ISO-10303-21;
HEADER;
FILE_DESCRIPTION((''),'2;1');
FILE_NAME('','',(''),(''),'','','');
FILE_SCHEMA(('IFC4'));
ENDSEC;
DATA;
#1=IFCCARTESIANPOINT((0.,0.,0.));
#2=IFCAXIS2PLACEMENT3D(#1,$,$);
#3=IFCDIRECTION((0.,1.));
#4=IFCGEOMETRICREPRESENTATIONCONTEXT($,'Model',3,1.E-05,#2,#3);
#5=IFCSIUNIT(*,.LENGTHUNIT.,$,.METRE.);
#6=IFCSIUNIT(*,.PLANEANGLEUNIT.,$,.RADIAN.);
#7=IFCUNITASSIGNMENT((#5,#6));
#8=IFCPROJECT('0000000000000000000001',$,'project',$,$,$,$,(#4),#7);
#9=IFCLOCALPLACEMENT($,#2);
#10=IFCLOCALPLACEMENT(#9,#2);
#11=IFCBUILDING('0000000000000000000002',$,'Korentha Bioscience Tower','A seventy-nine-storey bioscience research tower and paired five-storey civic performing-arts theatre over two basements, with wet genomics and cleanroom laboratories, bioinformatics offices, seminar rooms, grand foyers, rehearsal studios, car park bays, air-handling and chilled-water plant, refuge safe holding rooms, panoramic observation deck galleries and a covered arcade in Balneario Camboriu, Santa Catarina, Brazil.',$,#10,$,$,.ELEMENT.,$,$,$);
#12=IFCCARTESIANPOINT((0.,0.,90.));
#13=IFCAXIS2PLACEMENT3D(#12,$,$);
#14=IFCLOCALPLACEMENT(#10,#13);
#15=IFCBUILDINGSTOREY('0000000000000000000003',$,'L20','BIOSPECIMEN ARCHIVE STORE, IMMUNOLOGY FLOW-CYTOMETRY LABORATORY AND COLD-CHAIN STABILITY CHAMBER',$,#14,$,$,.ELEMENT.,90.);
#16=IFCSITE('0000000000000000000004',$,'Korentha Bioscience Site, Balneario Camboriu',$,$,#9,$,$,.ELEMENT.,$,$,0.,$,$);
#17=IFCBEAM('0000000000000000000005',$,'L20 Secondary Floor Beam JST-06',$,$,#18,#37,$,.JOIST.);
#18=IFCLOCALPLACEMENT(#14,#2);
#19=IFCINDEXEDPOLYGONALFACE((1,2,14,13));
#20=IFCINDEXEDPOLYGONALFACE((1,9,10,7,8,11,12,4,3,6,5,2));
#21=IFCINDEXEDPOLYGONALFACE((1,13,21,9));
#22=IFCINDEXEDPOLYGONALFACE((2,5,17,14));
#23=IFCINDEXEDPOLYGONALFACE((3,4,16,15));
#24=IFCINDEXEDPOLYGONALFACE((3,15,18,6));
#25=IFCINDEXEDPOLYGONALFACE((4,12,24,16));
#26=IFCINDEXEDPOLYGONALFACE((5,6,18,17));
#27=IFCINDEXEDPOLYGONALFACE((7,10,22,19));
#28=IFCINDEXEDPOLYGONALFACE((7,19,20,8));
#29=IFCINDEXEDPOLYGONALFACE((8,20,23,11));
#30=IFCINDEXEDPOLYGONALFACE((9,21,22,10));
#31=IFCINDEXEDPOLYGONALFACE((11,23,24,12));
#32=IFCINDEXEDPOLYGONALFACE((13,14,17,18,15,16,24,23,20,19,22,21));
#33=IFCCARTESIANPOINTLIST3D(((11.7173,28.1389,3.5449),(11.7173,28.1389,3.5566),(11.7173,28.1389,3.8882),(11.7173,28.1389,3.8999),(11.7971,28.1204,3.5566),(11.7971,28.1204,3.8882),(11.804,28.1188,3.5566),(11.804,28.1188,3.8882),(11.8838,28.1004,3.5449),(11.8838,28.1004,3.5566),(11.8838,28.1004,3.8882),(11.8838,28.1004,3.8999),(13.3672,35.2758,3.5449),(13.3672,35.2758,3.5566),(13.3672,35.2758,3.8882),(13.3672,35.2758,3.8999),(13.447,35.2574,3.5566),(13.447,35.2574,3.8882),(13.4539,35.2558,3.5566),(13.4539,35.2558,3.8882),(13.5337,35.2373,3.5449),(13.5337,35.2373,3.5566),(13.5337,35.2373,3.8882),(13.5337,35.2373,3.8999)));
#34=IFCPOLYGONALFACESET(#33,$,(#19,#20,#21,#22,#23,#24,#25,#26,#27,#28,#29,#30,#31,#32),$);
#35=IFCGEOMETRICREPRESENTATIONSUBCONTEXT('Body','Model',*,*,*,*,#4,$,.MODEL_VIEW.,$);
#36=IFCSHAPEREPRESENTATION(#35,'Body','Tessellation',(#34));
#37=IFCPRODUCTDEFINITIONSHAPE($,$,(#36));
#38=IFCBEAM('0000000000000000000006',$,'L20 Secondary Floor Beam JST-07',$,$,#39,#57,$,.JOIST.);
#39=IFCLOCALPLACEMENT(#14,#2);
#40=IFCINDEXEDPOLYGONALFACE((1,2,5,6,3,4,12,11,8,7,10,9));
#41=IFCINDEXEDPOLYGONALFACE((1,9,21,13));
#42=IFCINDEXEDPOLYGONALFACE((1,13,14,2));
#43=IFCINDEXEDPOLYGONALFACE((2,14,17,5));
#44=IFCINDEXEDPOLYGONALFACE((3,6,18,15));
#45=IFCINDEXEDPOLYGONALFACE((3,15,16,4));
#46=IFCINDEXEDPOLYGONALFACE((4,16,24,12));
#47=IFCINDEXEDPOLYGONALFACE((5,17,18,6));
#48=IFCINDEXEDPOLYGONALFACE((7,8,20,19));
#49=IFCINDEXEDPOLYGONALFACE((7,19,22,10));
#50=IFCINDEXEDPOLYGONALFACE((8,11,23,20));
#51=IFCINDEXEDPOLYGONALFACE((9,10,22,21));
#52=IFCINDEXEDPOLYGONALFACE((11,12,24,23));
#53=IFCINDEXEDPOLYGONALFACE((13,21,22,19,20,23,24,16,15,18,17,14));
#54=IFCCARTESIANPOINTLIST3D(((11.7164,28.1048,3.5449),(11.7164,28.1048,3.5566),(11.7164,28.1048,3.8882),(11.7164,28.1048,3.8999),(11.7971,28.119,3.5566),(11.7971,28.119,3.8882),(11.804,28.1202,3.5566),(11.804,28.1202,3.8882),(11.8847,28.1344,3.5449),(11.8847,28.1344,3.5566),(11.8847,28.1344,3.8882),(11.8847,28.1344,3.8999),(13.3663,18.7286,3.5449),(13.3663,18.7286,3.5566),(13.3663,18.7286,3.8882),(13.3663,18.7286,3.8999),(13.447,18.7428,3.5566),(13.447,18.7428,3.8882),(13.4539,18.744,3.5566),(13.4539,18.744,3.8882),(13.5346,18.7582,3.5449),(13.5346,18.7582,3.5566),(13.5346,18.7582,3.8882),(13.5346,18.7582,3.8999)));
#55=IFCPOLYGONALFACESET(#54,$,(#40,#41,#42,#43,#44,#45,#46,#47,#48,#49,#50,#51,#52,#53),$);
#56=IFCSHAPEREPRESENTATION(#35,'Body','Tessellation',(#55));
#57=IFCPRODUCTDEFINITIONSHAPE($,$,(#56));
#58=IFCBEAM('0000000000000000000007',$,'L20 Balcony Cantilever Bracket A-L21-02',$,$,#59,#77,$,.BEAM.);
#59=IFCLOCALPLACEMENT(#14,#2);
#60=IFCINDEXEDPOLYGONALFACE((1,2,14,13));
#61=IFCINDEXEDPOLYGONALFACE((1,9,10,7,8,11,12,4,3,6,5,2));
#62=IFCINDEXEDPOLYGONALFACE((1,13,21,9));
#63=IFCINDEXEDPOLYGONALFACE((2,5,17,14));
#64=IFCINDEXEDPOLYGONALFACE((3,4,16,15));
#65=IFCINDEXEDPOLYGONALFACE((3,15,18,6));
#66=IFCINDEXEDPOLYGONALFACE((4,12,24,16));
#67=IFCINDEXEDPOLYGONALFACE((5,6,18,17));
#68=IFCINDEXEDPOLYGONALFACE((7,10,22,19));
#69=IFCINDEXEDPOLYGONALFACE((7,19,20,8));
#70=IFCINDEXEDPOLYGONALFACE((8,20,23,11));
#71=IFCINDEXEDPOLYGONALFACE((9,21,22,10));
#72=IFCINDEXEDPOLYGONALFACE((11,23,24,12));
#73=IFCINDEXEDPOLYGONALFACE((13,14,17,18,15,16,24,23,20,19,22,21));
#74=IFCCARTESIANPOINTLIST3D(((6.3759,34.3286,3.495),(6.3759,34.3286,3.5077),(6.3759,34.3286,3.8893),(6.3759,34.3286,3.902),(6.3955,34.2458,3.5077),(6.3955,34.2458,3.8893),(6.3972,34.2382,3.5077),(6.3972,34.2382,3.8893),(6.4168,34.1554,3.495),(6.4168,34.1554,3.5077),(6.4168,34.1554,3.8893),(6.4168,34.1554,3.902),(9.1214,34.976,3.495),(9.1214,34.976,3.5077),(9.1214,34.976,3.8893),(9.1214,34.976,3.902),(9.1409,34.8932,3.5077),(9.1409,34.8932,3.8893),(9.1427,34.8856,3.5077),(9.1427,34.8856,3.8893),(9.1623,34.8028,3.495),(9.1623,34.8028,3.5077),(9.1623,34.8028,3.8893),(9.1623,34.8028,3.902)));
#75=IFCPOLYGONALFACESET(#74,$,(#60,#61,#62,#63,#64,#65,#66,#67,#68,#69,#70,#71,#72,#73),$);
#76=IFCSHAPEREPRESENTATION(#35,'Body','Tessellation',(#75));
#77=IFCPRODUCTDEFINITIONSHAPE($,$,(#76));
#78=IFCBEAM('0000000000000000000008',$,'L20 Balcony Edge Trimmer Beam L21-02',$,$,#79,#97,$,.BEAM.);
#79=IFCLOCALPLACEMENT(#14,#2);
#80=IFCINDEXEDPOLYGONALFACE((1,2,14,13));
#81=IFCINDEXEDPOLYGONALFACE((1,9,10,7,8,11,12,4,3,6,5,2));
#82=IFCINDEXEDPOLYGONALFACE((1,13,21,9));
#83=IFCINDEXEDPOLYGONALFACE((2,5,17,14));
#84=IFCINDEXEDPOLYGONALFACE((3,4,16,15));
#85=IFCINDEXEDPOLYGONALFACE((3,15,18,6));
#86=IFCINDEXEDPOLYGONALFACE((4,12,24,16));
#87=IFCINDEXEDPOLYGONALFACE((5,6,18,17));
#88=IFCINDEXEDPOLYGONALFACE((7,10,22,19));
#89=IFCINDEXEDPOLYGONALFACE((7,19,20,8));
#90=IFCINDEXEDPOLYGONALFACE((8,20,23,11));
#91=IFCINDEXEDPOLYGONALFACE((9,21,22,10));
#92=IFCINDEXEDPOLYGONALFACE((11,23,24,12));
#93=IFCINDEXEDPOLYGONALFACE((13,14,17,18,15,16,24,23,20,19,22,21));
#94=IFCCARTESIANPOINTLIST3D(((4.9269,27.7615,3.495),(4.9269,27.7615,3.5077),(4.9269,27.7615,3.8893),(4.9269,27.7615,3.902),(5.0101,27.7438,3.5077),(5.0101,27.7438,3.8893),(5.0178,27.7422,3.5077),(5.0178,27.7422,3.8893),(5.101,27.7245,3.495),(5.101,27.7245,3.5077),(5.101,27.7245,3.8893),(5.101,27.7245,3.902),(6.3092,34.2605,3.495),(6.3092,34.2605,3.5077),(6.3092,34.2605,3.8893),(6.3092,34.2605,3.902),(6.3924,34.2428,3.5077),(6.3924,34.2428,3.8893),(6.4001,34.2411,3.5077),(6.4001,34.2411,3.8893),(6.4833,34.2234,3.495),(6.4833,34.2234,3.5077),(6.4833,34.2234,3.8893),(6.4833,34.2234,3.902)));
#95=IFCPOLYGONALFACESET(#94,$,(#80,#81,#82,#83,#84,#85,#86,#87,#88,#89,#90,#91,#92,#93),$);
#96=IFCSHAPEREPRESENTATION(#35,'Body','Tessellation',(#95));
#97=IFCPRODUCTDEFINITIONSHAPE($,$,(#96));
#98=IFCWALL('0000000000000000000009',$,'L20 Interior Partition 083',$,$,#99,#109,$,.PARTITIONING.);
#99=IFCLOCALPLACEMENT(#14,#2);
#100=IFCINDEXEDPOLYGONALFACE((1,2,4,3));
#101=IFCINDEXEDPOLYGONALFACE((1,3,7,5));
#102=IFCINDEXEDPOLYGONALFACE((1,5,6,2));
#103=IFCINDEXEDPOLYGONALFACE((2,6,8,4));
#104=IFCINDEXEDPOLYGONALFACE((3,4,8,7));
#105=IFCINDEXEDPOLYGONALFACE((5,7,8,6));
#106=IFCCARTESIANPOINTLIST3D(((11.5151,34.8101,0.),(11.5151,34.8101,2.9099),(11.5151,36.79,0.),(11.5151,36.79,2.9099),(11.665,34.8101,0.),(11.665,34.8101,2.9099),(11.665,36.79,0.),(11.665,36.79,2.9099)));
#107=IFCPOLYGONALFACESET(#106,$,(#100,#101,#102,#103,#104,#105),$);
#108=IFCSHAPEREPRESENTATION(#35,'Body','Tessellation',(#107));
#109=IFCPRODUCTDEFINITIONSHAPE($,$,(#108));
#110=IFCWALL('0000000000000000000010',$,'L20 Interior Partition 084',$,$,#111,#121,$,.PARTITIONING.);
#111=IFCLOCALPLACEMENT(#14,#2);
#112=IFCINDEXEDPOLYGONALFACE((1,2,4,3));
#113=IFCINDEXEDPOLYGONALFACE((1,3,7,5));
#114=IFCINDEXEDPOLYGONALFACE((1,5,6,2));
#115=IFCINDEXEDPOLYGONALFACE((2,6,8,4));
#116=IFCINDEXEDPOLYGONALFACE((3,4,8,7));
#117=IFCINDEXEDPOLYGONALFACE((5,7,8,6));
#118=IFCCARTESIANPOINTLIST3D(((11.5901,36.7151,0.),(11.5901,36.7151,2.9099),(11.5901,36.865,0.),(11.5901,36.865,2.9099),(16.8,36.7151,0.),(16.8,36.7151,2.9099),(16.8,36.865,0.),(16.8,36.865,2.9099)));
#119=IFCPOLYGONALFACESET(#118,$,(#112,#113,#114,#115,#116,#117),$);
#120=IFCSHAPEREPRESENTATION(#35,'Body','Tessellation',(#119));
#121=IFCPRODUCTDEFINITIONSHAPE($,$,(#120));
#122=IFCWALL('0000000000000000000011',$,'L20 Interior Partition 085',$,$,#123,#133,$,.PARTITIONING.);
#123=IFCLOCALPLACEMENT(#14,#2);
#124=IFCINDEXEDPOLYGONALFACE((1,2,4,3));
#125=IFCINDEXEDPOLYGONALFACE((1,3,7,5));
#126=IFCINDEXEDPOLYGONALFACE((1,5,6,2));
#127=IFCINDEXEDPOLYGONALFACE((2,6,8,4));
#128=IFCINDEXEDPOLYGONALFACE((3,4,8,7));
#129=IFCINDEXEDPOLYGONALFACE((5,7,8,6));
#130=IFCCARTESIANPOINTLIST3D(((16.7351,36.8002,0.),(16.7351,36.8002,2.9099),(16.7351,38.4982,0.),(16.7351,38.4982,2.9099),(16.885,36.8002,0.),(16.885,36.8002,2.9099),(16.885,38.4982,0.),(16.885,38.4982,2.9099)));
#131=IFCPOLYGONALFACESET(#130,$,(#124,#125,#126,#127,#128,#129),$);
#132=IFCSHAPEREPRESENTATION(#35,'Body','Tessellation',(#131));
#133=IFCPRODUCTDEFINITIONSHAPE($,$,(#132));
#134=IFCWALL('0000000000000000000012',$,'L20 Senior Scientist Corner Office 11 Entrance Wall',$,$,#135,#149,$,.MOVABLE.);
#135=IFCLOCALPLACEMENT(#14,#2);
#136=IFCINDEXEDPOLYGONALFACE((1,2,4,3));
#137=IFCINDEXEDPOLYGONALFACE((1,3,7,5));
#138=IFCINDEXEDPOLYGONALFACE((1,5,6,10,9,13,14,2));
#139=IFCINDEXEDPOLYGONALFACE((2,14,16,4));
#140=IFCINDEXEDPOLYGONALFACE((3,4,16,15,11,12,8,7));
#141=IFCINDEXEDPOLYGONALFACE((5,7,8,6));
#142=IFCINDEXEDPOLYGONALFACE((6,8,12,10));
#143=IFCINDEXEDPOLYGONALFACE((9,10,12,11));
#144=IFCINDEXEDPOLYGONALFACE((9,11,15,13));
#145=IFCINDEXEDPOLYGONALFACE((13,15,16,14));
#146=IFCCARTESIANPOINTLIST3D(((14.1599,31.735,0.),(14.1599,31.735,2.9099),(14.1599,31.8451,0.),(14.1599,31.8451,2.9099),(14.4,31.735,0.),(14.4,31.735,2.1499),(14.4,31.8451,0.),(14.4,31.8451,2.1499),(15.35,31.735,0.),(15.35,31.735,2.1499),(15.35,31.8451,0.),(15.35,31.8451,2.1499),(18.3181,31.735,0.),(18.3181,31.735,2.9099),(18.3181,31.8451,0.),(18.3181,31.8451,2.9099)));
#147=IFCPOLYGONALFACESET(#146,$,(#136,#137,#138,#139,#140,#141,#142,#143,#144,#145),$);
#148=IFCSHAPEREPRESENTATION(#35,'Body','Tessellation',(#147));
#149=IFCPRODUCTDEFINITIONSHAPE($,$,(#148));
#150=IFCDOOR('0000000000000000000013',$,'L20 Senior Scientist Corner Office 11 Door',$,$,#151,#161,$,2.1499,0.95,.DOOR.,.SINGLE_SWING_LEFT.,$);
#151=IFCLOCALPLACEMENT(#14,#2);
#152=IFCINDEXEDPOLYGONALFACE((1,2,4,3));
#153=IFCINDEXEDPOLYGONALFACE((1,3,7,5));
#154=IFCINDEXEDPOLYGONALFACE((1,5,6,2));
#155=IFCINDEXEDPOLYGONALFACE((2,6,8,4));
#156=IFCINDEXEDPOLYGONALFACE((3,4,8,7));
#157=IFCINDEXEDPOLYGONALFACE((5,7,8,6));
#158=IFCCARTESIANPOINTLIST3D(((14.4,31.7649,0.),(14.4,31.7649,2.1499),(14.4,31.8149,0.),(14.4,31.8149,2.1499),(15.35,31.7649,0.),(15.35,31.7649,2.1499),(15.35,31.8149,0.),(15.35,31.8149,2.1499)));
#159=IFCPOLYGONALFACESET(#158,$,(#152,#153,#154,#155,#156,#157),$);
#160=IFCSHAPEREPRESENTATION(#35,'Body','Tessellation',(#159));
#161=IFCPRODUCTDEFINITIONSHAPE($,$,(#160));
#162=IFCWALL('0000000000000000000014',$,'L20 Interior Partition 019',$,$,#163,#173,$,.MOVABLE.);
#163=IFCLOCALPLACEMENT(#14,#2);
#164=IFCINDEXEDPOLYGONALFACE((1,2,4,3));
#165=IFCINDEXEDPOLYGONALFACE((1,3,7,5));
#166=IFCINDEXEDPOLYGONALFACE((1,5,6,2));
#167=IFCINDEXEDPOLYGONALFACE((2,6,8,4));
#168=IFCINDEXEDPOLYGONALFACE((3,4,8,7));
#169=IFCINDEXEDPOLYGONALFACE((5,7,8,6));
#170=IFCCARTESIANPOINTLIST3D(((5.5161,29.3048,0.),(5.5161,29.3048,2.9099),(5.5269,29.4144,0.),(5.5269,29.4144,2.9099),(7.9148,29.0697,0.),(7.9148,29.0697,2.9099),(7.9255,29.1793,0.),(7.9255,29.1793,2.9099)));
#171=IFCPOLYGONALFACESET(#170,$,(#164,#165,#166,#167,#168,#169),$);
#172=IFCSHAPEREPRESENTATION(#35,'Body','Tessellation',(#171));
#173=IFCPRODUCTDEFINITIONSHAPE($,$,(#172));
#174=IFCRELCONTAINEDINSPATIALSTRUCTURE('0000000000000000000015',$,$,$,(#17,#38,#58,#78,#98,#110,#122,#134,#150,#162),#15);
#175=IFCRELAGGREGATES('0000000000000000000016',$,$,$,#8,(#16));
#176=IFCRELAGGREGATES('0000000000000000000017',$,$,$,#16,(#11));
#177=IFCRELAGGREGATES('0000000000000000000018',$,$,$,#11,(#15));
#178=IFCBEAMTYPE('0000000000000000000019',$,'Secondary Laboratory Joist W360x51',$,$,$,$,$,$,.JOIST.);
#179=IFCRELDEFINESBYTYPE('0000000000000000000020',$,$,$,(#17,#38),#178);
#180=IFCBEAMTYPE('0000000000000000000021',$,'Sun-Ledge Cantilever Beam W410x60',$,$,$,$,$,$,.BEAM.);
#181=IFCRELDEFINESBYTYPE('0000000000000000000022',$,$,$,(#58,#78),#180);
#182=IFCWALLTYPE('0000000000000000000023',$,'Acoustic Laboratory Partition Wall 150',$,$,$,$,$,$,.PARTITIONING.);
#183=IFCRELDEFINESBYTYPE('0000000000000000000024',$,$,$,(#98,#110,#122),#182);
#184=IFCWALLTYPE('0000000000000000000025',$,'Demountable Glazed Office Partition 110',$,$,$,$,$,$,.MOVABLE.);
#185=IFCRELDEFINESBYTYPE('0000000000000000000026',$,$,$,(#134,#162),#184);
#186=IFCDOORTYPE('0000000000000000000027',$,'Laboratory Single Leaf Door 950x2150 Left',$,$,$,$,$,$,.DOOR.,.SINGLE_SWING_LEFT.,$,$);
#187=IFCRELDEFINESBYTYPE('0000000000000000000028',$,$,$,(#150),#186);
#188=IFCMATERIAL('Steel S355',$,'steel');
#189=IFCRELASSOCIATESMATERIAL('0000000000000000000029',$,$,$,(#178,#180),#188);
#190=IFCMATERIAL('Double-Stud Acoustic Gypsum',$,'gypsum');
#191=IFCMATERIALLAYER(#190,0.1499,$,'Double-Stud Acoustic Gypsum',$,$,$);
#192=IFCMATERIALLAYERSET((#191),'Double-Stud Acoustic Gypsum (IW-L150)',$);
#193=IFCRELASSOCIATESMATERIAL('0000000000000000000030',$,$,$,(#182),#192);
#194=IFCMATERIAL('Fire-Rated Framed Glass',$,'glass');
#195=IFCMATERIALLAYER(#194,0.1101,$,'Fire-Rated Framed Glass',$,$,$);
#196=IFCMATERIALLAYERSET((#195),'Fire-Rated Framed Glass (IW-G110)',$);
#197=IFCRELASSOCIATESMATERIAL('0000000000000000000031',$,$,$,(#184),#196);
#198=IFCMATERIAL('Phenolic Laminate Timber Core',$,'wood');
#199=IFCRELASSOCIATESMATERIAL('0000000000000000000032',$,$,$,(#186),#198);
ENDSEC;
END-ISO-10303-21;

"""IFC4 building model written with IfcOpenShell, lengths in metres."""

from ifc_helpers import new_model, si_unit, direction, frame, frame_2d, origin, origin_2d, place, context, subcontext, project, spatial, rectangle, i_section, extrude, material, layer, layer_set, material_profile, profile_set, type_object, element, fill, save


model = new_model("IFC4")

# Units and contexts
model_context = context("Model", 3, precision=1e-05, world=origin(), true_north=direction((0.0, 1.0)))
body_context = subcontext(model_context, "Body", "Model", "MODEL_VIEW")
ifc_project = project(units=[si_unit("LENGTHUNIT", "METRE"), si_unit("PLANEANGLEUNIT", "RADIAN")], contexts=[model_context])

# Site, building, storey
site_placement = place(None, origin())
site = spatial("IfcSite", under=ifc_project, at=site_placement, Name="Korentha Bioscience Site, Balneario Camboriu", CompositionType="ELEMENT", RefElevation=0.0)
building_placement = place(site_placement, origin())
building = spatial("IfcBuilding", under=site, at=building_placement, Name="Korentha Bioscience Tower", Description="A seventy-nine-storey bioscience research tower and paired five-storey civic performing-arts theatre over two basements, with wet genomics and cleanroom laboratories, bioinformatics offices, seminar rooms, grand foyers, rehearsal studios, car park bays, air-handling and chilled-water plant, refuge safe holding rooms, panoramic observation deck galleries and a covered arcade in Balneario Camboriu, Santa Catarina, Brazil.", CompositionType="ELEMENT")
storey_placement = place(building_placement, frame((0.0, 0.0, 90.0)))
storey = spatial("IfcBuildingStorey", under=building, at=storey_placement, Name="L20", Description="BIOSPECIMEN ARCHIVE STORE, IMMUNOLOGY FLOW-CYTOMETRY LABORATORY AND COLD-CHAIN STABILITY CHAMBER", CompositionType="ELEMENT", Elevation=90.0)

# Beams
ifc_material_1 = material(Name="Steel S355", Category="steel")
ifc_material_profile_1 = material_profile(ifc_material_1, i_section(OverallWidth=0.1709, OverallDepth=0.355, WebThickness=0.0071, FlangeThickness=0.0117, at=origin_2d()), Name="Steel S355")
ifc_profile_set_1 = profile_set([ifc_material_profile_1], Name="Steel S355 (JB-360)")
beam_type_1 = type_object("IfcBeamType", Name="Secondary Laboratory Joist W360x51", PredefinedType="JOIST", material=ifc_profile_set_1)
beam_1_placement = place(storey_placement, frame((13.4504, 35.2566, 3.7224), z_axis=(-0.225237, -0.974304, 0.0), x_axis=(0.974304, -0.225237, 0.0)))
element("IfcBeam", 1, at=beam_1_placement, inside=storey, type_object=beam_type_1, Name="L20 Secondary Floor Beam JST-06", PredefinedType="JOIST", context=body_context, shape_type="SweptSolid", body=[
    extrude(i_section(OverallWidth=0.1709, OverallDepth=0.355, WebThickness=0.0071, FlangeThickness=0.0117, at=origin_2d()), origin(), (0.0, 0.0, 1.0), 7.3252),
])
beam_2_placement = place(storey_placement, frame((11.8005, 28.1196, 3.7224), z_axis=(0.173304, -0.984868, 0.0), x_axis=(0.984868, 0.173304, 0.0)))
element("IfcBeam", 2, at=beam_2_placement, inside=storey, type_object=beam_type_1, Name="L20 Secondary Floor Beam JST-07", PredefinedType="JOIST", context=body_context, shape_type="SweptSolid", body=[
    extrude(i_section(OverallWidth=0.1709, OverallDepth=0.355, WebThickness=0.0071, FlangeThickness=0.0117, at=origin_2d()), origin(), (0.0, 0.0, 1.0), 9.5203),
])
ifc_material_profile_2 = material_profile(ifc_material_1, i_section(OverallWidth=0.178, OverallDepth=0.407, WebThickness=0.0078, FlangeThickness=0.0127, at=origin_2d()), Name="Steel S355")
ifc_profile_set_2 = profile_set([ifc_material_profile_2], Name="Steel S355 (CB-410)")
beam_type_2 = type_object("IfcBeamType", Name="Sun-Ledge Cantilever Beam W410x60", PredefinedType="BEAM", material=ifc_profile_set_2)
beam_3_placement = place(storey_placement, frame((9.1418, 34.8894, 3.6985), z_axis=(-0.973304, -0.229522, 0.0), x_axis=(0.229522, -0.973304, 0.0)))
element("IfcBeam", 3, at=beam_3_placement, inside=storey, type_object=beam_type_2, Name="L20 Balcony Cantilever Bracket A-L21-02", PredefinedType="BEAM", context=body_context, shape_type="SweptSolid", body=[
    extrude(i_section(OverallWidth=0.178, OverallDepth=0.407, WebThickness=0.0078, FlangeThickness=0.0127, at=origin_2d()), origin(), (0.0, 0.0, 1.0), 2.8208),
])
beam_4_placement = place(storey_placement, frame((6.3962, 34.2419, 3.6985), z_axis=(-0.208043, -0.97812, 0.0), x_axis=(0.97812, -0.208043, 0.0)))
element("IfcBeam", 4, at=beam_4_placement, inside=storey, type_object=beam_type_2, Name="L20 Balcony Edge Trimmer Beam L21-02", PredefinedType="BEAM", context=body_context, shape_type="SweptSolid", body=[
    extrude(i_section(OverallWidth=0.178, OverallDepth=0.407, WebThickness=0.0078, FlangeThickness=0.0127, at=origin_2d()), origin(), (0.0, 0.0, 1.0), 6.6443),
])

# Walls
ifc_material_2 = material(Name="Double-Stud Acoustic Gypsum", Category="gypsum")
ifc_layer_1 = layer(ifc_material_2, 0.1499, Name="Double-Stud Acoustic Gypsum")
ifc_layer_set_1 = layer_set([ifc_layer_1], Name="Double-Stud Acoustic Gypsum (IW-L150)")
wall_type_1 = type_object("IfcWallType", Name="Acoustic Laboratory Partition Wall 150", PredefinedType="PARTITIONING", material=ifc_layer_set_1)
wall_1_placement = place(storey_placement, frame((11.5901, 34.8101, 0.0), z_axis=(0.0, 0.0, 1.0), x_axis=(0.0, 1.0, 0.0)))
element("IfcWall", 5, at=wall_1_placement, inside=storey, type_object=wall_type_1, Name="L20 Interior Partition 083", PredefinedType="PARTITIONING", context=body_context, shape_type="SweptSolid", body=[
    extrude(rectangle(XDim=1.98, YDim=0.1499, at=frame_2d((0.99, 0.0))), origin(), (0.0, 0.0, 1.0), 2.9099),
])
wall_2_placement = place(storey_placement, frame((11.5901, 36.79, 0.0), z_axis=(0.0, 0.0, 1.0), x_axis=(1.0, 0.0, 0.0)))
element("IfcWall", 6, at=wall_2_placement, inside=storey, type_object=wall_type_1, Name="L20 Interior Partition 084", PredefinedType="PARTITIONING", context=body_context, shape_type="SweptSolid", body=[
    extrude(rectangle(XDim=5.21, YDim=0.1499, at=frame_2d((2.605, 0.0))), origin(), (0.0, 0.0, 1.0), 2.9099),
])
wall_3_placement = place(storey_placement, frame((16.8101, 36.8, 0.0), z_axis=(0.0, 0.0, 1.0), x_axis=(0.0, 1.0, 0.0)))
element("IfcWall", 7, at=wall_3_placement, inside=storey, type_object=wall_type_1, Name="L20 Interior Partition 085", PredefinedType="PARTITIONING", context=body_context, shape_type="SweptSolid", body=[
    extrude(rectangle(XDim=1.698, YDim=0.1499, at=frame_2d((0.8491, 0.0))), origin(), (0.0, 0.0, 1.0), 2.9099),
])

# Wall, opening, door
ifc_material_3 = material(Name="Fire-Rated Framed Glass", Category="glass")
ifc_layer_2 = layer(ifc_material_3, 0.1101, Name="Fire-Rated Framed Glass")
ifc_layer_set_2 = layer_set([ifc_layer_2], Name="Fire-Rated Framed Glass (IW-G110)")
wall_type_2 = type_object("IfcWallType", Name="Demountable Glazed Office Partition 110", PredefinedType="MOVABLE", material=ifc_layer_set_2)
wall_4_placement = place(storey_placement, frame((14.1599, 31.79, 0.0), z_axis=(0.0, 0.0, 1.0), x_axis=(1.0, 0.0, 0.0)))
wall_4 = element("IfcWall", 8, at=wall_4_placement, inside=storey, type_object=wall_type_2, Name="L20 Senior Scientist Corner Office 11 Entrance Wall", PredefinedType="MOVABLE", context=body_context, shape_type="SweptSolid", body=[
    extrude(rectangle(XDim=4.1582, YDim=0.1101, at=frame_2d((2.0791, 0.0))), origin(), (0.0, 0.0, 1.0), 2.9099),
])
opening_placement = place(wall_4_placement, frame((0.24, 0.0, 0.0)))
opening = element("IfcOpeningElement", 9, at=opening_placement, cuts=wall_4, PredefinedType="OPENING", context=body_context, shape_type="SweptSolid", body=[
    extrude(rectangle(XDim=0.95, YDim=2.1499, at=frame_2d((0.4751, 1.075))), frame((0.0, 0.0698, 0.0), z_axis=(0.0, -1.0, 0.0), x_axis=(1.0, 0.0, 0.0)), (0.0, 0.0, 1.0), 0.1399),
])
ifc_material_4 = material(Name="Phenolic Laminate Timber Core", Category="wood")
door_type = type_object("IfcDoorType", Name="Laboratory Single Leaf Door 950x2150 Left", OperationType="SINGLE_SWING_LEFT", PredefinedType="DOOR", material=ifc_material_4)
door_placement = place(opening_placement, origin())
door = element("IfcDoor", 10, at=door_placement, inside=storey, type_object=door_type, Name="L20 Senior Scientist Corner Office 11 Door", OperationType="SINGLE_SWING_LEFT", OverallHeight=2.1499, OverallWidth=0.95, PredefinedType="DOOR", context=body_context, shape_type="SweptSolid", body=[
    extrude(rectangle(XDim=0.95, YDim=2.1499, at=frame_2d((0.4751, 1.075))), frame((0.0, 0.0249, 0.0), z_axis=(0.0, -1.0, 0.0), x_axis=(1.0, 0.0, 0.0)), (0.0, 0.0, 1.0), 0.05),
])
fill(opening, door)

# Wall
wall_5_placement = place(storey_placement, frame((5.5215, 29.3596, 0.0), z_axis=(0.0, 0.0, 1.0), x_axis=(0.995231, -0.097548, 0.0)))
element("IfcWall", 11, at=wall_5_placement, inside=storey, type_object=wall_type_2, Name="L20 Interior Partition 019", PredefinedType="MOVABLE", context=body_context, shape_type="SweptSolid", body=[
    extrude(rectangle(XDim=2.4102, YDim=0.1101, at=frame_2d((1.2051, 0.0))), origin(), (0.0, 0.0, 1.0), 2.9099),
])

save(model, "model.ifc")
